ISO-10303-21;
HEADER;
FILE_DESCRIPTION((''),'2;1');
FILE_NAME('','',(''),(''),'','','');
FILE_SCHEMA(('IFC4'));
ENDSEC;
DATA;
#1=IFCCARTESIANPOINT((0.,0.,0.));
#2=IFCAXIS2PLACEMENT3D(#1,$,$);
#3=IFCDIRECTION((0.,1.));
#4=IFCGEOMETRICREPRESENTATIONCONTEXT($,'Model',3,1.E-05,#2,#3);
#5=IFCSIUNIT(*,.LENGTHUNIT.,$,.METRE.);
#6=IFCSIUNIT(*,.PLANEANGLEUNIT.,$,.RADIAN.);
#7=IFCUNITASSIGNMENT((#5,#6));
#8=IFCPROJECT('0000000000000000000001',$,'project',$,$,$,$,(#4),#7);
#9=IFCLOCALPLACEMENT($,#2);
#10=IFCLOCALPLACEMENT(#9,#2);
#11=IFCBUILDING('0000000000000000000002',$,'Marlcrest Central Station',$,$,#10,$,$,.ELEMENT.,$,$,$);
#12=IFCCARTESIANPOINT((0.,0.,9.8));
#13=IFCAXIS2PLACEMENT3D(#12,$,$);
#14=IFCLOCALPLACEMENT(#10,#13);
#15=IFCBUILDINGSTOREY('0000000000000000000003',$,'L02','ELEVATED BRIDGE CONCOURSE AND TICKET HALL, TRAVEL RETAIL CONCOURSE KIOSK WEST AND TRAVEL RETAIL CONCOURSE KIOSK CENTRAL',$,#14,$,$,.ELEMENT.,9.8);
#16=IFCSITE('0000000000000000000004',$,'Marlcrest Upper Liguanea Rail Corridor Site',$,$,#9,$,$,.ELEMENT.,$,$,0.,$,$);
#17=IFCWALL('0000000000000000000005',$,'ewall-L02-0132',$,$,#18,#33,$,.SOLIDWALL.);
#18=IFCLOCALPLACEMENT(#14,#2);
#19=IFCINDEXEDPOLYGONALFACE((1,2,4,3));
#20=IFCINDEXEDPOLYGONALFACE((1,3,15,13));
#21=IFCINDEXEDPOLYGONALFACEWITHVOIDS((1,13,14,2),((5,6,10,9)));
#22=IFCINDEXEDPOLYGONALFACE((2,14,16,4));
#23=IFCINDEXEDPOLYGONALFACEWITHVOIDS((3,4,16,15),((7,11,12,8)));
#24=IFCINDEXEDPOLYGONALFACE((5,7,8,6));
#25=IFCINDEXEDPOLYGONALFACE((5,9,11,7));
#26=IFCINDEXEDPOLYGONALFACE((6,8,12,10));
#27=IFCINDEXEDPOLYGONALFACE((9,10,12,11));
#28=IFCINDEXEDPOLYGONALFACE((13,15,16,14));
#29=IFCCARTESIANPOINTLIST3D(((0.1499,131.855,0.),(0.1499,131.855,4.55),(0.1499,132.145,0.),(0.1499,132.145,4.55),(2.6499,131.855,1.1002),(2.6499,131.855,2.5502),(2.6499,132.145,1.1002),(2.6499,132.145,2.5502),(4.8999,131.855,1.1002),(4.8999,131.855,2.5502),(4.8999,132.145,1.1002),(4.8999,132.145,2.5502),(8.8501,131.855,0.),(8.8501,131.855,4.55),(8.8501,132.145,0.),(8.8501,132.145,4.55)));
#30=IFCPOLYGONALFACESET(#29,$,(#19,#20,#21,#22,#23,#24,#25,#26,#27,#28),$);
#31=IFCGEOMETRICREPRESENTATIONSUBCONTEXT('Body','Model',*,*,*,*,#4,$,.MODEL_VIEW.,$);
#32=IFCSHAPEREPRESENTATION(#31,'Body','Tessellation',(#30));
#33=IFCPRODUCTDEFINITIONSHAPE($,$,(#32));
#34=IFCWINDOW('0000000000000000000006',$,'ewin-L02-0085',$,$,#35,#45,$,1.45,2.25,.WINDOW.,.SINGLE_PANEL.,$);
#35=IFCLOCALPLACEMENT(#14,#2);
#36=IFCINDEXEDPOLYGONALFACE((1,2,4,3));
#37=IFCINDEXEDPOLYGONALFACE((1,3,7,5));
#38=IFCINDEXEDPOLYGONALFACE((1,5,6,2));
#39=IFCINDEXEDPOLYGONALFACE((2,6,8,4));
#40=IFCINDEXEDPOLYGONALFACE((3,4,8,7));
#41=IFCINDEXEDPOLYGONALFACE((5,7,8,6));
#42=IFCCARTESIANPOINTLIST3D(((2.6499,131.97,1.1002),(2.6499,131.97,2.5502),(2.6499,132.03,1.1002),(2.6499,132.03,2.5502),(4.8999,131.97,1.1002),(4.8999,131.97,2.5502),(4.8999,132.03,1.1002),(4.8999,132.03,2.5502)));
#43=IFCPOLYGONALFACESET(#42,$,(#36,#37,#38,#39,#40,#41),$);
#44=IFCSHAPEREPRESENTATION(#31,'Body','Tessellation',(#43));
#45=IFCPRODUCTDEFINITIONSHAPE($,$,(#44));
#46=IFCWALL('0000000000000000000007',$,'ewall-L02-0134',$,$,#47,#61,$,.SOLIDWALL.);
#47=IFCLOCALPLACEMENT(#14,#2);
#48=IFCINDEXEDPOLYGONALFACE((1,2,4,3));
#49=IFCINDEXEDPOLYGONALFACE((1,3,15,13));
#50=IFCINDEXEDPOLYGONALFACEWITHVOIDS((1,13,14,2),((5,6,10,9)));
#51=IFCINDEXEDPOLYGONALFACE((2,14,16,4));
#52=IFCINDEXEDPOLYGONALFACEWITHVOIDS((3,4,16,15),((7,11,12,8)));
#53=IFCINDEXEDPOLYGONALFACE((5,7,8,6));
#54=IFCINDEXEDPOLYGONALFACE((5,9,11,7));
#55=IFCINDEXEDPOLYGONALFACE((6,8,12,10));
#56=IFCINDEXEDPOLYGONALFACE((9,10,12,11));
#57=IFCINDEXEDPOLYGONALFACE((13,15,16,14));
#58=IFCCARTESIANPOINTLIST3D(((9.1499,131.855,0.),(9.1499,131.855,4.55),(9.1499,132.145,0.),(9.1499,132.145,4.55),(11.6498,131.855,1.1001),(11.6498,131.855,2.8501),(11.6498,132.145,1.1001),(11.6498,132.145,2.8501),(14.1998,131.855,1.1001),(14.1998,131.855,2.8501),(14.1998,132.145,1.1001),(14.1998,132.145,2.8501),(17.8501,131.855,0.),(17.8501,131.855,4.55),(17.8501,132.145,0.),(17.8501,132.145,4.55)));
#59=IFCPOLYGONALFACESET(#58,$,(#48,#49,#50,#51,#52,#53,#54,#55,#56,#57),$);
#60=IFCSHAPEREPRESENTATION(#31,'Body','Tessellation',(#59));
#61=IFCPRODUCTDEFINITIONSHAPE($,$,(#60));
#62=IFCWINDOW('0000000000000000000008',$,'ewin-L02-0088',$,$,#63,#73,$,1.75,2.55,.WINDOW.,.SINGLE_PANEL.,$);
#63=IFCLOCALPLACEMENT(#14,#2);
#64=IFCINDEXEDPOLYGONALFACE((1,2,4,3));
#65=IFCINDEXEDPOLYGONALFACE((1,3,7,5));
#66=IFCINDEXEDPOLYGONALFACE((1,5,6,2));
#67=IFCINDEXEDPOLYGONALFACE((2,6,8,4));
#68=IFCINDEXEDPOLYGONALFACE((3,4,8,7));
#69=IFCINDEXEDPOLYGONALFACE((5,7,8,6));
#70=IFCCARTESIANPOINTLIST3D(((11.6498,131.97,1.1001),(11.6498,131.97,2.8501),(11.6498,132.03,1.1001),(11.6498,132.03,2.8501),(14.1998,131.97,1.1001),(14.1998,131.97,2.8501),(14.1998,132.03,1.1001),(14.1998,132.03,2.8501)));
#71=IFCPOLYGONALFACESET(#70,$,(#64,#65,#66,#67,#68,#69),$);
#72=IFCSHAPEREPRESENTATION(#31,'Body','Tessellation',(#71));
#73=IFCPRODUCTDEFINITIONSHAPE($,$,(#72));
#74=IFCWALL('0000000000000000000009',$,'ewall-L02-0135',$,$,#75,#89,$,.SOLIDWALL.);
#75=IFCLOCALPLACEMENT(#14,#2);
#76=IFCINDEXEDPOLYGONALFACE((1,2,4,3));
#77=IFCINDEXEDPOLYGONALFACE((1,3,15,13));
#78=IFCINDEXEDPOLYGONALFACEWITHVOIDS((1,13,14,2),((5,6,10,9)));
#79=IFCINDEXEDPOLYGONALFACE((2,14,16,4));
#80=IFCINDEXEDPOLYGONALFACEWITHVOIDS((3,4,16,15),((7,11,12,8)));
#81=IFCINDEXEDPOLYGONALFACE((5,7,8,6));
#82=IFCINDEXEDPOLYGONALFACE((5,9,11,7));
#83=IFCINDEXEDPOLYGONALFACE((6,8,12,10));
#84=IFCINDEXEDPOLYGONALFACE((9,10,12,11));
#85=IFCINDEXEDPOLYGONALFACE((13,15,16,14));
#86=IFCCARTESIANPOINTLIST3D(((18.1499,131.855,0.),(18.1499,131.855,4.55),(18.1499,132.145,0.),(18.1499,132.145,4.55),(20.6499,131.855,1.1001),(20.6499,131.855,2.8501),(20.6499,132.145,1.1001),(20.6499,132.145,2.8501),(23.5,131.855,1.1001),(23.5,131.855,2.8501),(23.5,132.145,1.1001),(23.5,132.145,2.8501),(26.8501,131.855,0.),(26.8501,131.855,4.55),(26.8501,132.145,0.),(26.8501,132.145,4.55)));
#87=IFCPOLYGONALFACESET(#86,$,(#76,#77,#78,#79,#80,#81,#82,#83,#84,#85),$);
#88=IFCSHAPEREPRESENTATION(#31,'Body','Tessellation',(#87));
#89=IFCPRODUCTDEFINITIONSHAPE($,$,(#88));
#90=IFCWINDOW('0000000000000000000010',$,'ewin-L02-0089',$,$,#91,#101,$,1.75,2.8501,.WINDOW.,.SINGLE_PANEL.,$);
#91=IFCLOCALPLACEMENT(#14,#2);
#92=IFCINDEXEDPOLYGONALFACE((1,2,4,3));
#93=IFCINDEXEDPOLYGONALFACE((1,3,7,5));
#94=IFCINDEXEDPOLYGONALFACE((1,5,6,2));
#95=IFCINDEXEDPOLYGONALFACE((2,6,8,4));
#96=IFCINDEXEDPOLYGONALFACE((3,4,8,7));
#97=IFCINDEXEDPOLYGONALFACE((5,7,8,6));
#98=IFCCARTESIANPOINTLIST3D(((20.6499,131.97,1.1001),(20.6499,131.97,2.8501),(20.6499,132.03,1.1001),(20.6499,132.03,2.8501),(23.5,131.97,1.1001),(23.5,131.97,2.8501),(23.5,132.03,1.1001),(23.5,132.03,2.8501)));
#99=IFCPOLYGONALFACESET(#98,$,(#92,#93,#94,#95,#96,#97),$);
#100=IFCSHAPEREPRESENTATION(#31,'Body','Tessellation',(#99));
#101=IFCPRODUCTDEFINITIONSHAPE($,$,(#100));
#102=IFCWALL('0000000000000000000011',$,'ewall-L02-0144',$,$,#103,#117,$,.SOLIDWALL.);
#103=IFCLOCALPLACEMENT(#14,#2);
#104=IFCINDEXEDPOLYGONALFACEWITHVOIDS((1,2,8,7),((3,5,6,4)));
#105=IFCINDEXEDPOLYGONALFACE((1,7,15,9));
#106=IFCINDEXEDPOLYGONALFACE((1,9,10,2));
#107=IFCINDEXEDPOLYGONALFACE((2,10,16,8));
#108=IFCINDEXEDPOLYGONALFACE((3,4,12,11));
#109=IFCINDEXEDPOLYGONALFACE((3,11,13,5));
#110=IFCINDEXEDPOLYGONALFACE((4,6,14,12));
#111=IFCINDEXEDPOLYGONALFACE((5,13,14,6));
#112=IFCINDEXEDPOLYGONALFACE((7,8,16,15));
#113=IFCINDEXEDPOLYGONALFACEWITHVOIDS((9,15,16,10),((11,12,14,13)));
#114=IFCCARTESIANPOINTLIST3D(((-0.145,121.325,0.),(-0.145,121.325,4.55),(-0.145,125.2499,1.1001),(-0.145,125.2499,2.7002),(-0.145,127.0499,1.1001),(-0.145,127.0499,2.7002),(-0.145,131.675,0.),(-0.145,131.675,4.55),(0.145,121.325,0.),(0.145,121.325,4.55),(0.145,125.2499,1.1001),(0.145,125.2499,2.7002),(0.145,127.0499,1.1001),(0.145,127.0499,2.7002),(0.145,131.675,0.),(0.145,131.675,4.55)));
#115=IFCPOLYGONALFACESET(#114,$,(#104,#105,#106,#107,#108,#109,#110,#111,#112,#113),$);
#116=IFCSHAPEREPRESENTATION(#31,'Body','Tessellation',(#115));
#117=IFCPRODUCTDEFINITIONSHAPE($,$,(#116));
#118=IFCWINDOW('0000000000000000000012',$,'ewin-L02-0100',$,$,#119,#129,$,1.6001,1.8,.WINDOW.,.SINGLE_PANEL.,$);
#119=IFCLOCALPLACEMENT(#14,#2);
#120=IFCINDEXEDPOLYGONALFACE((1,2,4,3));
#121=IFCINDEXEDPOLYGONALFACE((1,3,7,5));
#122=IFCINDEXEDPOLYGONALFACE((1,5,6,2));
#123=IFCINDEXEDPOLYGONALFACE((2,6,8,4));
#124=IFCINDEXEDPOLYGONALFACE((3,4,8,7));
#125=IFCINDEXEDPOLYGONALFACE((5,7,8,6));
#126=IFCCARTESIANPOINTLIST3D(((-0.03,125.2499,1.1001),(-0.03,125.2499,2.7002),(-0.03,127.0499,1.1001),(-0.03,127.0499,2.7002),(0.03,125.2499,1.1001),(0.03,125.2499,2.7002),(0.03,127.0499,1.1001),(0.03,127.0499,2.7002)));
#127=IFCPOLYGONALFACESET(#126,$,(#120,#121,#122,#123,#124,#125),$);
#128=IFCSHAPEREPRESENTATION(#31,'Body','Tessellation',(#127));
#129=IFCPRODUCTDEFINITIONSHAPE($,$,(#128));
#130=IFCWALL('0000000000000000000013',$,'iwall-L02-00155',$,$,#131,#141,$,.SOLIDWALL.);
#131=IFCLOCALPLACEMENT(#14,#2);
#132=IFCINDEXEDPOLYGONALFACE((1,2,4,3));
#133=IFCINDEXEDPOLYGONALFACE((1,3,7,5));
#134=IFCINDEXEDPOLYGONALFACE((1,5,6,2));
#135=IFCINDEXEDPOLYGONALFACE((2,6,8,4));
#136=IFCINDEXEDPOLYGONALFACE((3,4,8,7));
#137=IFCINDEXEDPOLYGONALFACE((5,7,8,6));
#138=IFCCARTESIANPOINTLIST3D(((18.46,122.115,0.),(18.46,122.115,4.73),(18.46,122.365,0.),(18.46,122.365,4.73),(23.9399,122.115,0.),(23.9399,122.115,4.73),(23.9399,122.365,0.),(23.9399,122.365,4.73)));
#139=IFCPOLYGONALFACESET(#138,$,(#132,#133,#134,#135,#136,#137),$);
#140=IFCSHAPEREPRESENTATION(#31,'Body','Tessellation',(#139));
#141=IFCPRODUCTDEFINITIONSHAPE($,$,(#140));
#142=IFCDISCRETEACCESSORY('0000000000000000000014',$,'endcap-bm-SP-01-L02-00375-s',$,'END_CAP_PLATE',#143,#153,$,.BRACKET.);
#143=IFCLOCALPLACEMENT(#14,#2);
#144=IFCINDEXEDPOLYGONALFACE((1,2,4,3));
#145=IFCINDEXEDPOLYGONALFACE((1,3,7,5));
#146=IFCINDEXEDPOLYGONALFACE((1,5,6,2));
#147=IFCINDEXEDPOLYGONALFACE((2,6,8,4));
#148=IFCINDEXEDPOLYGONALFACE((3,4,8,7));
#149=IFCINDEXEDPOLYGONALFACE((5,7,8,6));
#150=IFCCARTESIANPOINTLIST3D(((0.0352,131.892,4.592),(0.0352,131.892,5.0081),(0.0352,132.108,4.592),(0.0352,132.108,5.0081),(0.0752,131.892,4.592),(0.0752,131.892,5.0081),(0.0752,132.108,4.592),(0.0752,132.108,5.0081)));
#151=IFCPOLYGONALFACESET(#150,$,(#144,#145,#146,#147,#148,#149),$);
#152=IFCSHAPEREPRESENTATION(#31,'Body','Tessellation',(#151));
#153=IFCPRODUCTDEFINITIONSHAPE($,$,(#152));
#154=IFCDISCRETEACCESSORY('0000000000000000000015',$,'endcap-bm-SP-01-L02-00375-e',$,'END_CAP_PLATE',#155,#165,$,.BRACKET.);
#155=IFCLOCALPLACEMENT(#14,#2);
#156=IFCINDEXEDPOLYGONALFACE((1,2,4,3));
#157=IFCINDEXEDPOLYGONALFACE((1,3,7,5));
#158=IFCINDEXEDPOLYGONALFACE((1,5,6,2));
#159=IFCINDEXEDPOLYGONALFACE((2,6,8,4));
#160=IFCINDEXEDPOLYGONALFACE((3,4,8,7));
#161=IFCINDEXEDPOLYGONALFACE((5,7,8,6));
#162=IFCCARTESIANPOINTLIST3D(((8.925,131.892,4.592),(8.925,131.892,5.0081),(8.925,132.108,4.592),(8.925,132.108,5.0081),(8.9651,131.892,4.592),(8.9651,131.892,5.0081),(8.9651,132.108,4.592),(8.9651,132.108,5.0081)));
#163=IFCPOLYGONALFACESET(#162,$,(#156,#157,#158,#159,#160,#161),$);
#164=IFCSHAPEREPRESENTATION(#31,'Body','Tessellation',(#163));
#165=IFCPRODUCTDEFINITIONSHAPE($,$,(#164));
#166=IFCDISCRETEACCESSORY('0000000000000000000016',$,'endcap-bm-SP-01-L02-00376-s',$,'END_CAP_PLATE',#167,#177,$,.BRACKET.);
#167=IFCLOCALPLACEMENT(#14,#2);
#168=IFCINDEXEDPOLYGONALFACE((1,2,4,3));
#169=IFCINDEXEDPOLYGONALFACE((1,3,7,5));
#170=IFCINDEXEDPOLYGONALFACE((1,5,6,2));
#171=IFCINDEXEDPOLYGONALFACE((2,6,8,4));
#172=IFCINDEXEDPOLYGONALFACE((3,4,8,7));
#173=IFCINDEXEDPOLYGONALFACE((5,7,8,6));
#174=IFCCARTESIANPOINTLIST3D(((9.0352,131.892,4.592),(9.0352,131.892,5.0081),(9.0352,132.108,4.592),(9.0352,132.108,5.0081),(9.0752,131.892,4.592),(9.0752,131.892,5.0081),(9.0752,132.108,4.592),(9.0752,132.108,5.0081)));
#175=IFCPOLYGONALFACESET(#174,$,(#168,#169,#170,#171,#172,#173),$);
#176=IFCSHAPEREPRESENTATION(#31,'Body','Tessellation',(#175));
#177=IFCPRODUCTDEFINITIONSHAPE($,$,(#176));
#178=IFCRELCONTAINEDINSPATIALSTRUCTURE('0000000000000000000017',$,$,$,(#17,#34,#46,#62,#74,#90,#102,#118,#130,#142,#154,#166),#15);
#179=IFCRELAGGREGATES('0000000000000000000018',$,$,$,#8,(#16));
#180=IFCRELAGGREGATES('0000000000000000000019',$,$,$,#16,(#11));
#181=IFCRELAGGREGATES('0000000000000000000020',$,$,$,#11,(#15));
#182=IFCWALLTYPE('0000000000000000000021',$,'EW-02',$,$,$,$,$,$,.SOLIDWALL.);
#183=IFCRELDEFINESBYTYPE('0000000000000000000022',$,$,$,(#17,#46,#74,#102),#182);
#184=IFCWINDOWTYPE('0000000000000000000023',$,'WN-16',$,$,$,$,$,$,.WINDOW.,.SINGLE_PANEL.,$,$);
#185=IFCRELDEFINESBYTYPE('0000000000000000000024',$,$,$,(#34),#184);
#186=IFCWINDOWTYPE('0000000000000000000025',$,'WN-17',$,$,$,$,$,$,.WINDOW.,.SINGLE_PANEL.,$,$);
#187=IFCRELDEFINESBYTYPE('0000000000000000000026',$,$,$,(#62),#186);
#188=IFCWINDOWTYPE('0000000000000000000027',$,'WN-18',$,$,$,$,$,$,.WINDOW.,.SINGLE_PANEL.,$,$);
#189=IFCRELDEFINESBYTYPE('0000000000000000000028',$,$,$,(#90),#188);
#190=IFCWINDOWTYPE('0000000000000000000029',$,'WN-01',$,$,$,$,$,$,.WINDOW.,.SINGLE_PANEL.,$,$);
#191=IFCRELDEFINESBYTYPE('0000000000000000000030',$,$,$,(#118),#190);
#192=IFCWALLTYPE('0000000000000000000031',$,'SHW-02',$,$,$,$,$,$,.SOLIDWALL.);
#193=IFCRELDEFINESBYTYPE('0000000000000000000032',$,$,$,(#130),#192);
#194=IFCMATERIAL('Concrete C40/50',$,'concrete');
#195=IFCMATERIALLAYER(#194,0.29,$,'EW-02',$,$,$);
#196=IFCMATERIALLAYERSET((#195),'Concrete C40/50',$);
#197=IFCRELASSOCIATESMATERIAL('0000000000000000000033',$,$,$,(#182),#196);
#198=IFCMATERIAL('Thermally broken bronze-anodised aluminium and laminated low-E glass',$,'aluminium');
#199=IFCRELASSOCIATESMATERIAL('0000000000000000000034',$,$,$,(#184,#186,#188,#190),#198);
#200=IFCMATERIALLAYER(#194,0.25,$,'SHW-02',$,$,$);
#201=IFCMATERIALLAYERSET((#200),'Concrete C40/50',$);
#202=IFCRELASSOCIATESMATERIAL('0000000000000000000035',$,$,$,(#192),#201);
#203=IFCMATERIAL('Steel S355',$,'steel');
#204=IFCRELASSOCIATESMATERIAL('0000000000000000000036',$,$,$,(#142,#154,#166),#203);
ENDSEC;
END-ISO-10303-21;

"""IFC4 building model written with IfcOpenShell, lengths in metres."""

from ifc_helpers import new_model, si_unit, direction, frame, frame_2d, origin, origin_2d, place, context, subcontext, project, spatial, rectangle, extrude, material, layer, layer_set, type_object, element, fill, save


model = new_model("IFC4")

# Units and contexts
model_context = context("Model", 3, precision=1e-05, world=origin(), true_north=direction((0.0, 1.0)))
body_context = subcontext(model_context, "Body", "Model", "MODEL_VIEW")
ifc_project = project(units=[si_unit("LENGTHUNIT", "METRE"), si_unit("PLANEANGLEUNIT", "RADIAN")], contexts=[model_context])

# Site, building, storey
site_placement = place(None, origin())
site = spatial("IfcSite", under=ifc_project, at=site_placement, Name="Marlcrest Upper Liguanea Rail Corridor Site", CompositionType="ELEMENT", RefElevation=0.0)
building_placement = place(site_placement, origin())
building = spatial("IfcBuilding", under=site, at=building_placement, Name="Marlcrest Central Station", CompositionType="ELEMENT")
storey_placement = place(building_placement, frame((0.0, 0.0, 9.8)))
storey = spatial("IfcBuildingStorey", under=building, at=storey_placement, Name="L02", Description="ELEVATED BRIDGE CONCOURSE AND TICKET HALL, TRAVEL RETAIL CONCOURSE KIOSK WEST AND TRAVEL RETAIL CONCOURSE KIOSK CENTRAL", CompositionType="ELEMENT", Elevation=9.8)

# Shared definitions
ifc_material_1 = material(Name="Steel S355", Category="steel")

# Walls, openings, windows
ifc_material_2 = material(Name="Concrete C40/50", Category="concrete")
ifc_layer_1 = layer(ifc_material_2, 0.29, Name="EW-02")
ifc_layer_set_1 = layer_set([ifc_layer_1], Name="Concrete C40/50")
wall_type_1 = type_object("IfcWallType", Name="EW-02", PredefinedType="SOLIDWALL", material=ifc_layer_set_1)
wall_1_placement = place(storey_placement, frame((0.1499, 132.0, 0.0), z_axis=(0.0, 0.0, 1.0), x_axis=(1.0, 0.0, 0.0)))
wall_1 = element("IfcWall", 1, at=wall_1_placement, inside=storey, type_object=wall_type_1, Name="ewall-L02-0132", PredefinedType="SOLIDWALL", context=body_context, shape_type="SweptSolid", body=[
    extrude(rectangle(XDim=8.7002, YDim=0.29, at=frame_2d((4.3501, 0.0))), origin(), (0.0, 0.0, 1.0), 4.55),
])
opening_1_placement = place(wall_1_placement, frame((2.5, 0.0, 1.1001)))
opening_1 = element("IfcOpeningElement", 2, at=opening_1_placement, cuts=wall_1, PredefinedType="OPENING", context=body_context, shape_type="SweptSolid", body=[
    extrude(rectangle(XDim=2.25, YDim=1.45, at=frame_2d((1.125, 0.7251))), frame((0.0, 0.155, 0.0), z_axis=(0.0, -1.0, 0.0), x_axis=(1.0, 0.0, 0.0)), (0.0, 0.0, 1.0), 0.3101),
])
ifc_material_3 = material(Name="Thermally broken bronze-anodised aluminium and laminated low-E glass", Category="aluminium")
window_type_1 = type_object("IfcWindowType", Name="WN-16", PartitioningType="SINGLE_PANEL", PredefinedType="WINDOW", material=ifc_material_3)
window_1_placement = place(opening_1_placement, origin())
window_1 = element("IfcWindow", 3, at=window_1_placement, inside=storey, type_object=window_type_1, Name="ewin-L02-0085", OverallHeight=1.45, OverallWidth=2.25, PartitioningType="SINGLE_PANEL", PredefinedType="WINDOW", context=body_context, shape_type="SweptSolid", body=[
    extrude(rectangle(XDim=2.25, YDim=1.45, at=frame_2d((1.125, 0.7251))), frame((0.0, 0.03, 0.0), z_axis=(0.0, -1.0, 0.0), x_axis=(1.0, 0.0, 0.0)), (0.0, 0.0, 1.0), 0.0601),
])
fill(opening_1, window_1)
wall_2_placement = place(storey_placement, frame((9.1499, 132.0, 0.0), z_axis=(0.0, 0.0, 1.0), x_axis=(1.0, 0.0, 0.0)))
wall_2 = element("IfcWall", 4, at=wall_2_placement, inside=storey, type_object=wall_type_1, Name="ewall-L02-0134", PredefinedType="SOLIDWALL", context=body_context, shape_type="SweptSolid", body=[
    extrude(rectangle(XDim=8.7002, YDim=0.29, at=frame_2d((4.3501, 0.0))), origin(), (0.0, 0.0, 1.0), 4.55),
])
opening_2_placement = place(wall_2_placement, frame((2.5, 0.0, 1.1001)))
opening_2 = element("IfcOpeningElement", 5, at=opening_2_placement, cuts=wall_2, PredefinedType="OPENING", context=body_context, shape_type="SweptSolid", body=[
    extrude(rectangle(XDim=2.55, YDim=1.75, at=frame_2d((1.2749, 0.875))), frame((0.0, 0.155, 0.0), z_axis=(0.0, -1.0, 0.0), x_axis=(1.0, 0.0, 0.0)), (0.0, 0.0, 1.0), 0.3101),
])
window_type_2 = type_object("IfcWindowType", Name="WN-17", PartitioningType="SINGLE_PANEL", PredefinedType="WINDOW", material=ifc_material_3)
window_2_placement = place(opening_2_placement, origin())
window_2 = element("IfcWindow", 6, at=window_2_placement, inside=storey, type_object=window_type_2, Name="ewin-L02-0088", OverallHeight=1.75, OverallWidth=2.55, PartitioningType="SINGLE_PANEL", PredefinedType="WINDOW", context=body_context, shape_type="SweptSolid", body=[
    extrude(rectangle(XDim=2.55, YDim=1.75, at=frame_2d((1.2749, 0.875))), frame((0.0, 0.03, 0.0), z_axis=(0.0, -1.0, 0.0), x_axis=(1.0, 0.0, 0.0)), (0.0, 0.0, 1.0), 0.0601),
])
fill(opening_2, window_2)
wall_3_placement = place(storey_placement, frame((18.1499, 132.0, 0.0), z_axis=(0.0, 0.0, 1.0), x_axis=(1.0, 0.0, 0.0)))
wall_3 = element("IfcWall", 7, at=wall_3_placement, inside=storey, type_object=wall_type_1, Name="ewall-L02-0135", PredefinedType="SOLIDWALL", context=body_context, shape_type="SweptSolid", body=[
    extrude(rectangle(XDim=8.7002, YDim=0.29, at=frame_2d((4.3501, 0.0))), origin(), (0.0, 0.0, 1.0), 4.55),
])
opening_3_placement = place(wall_3_placement, frame((2.5, 0.0, 1.1001)))
opening_3 = element("IfcOpeningElement", 8, at=opening_3_placement, cuts=wall_3, PredefinedType="OPENING", context=body_context, shape_type="SweptSolid", body=[
    extrude(rectangle(XDim=2.8501, YDim=1.75, at=frame_2d((1.425, 0.875))), frame((0.0, 0.155, 0.0), z_axis=(0.0, -1.0, 0.0), x_axis=(1.0, 0.0, 0.0)), (0.0, 0.0, 1.0), 0.3101),
])
window_type_3 = type_object("IfcWindowType", Name="WN-18", PartitioningType="SINGLE_PANEL", PredefinedType="WINDOW", material=ifc_material_3)
window_3_placement = place(opening_3_placement, origin())
window_3 = element("IfcWindow", 9, at=window_3_placement, inside=storey, type_object=window_type_3, Name="ewin-L02-0089", OverallHeight=1.75, OverallWidth=2.8501, PartitioningType="SINGLE_PANEL", PredefinedType="WINDOW", context=body_context, shape_type="SweptSolid", body=[
    extrude(rectangle(XDim=2.8501, YDim=1.75, at=frame_2d((1.425, 0.875))), frame((0.0, 0.03, 0.0), z_axis=(0.0, -1.0, 0.0), x_axis=(1.0, 0.0, 0.0)), (0.0, 0.0, 1.0), 0.0601),
])
fill(opening_3, window_3)
wall_4_placement = place(storey_placement, frame((0.0, 121.325, 0.0), z_axis=(0.0, 0.0, 1.0), x_axis=(0.0, 1.0, 0.0)))
wall_4 = element("IfcWall", 10, at=wall_4_placement, inside=storey, type_object=wall_type_1, Name="ewall-L02-0144", PredefinedType="SOLIDWALL", context=body_context, shape_type="SweptSolid", body=[
    extrude(rectangle(XDim=10.3501, YDim=0.29, at=frame_2d((5.175, 0.0))), origin(), (0.0, 0.0, 1.0), 4.55),
])
opening_4_placement = place(wall_4_placement, frame((3.925, 0.0, 1.1001)))
opening_4 = element("IfcOpeningElement", 11, at=opening_4_placement, cuts=wall_4, PredefinedType="OPENING", context=body_context, shape_type="SweptSolid", body=[
    extrude(rectangle(XDim=1.8, YDim=1.6001, at=frame_2d((0.8999, 0.8))), frame((0.0, 0.155, 0.0), z_axis=(0.0, -1.0, 0.0), x_axis=(1.0, 0.0, 0.0)), (0.0, 0.0, 1.0), 0.3101),
])
window_type_4 = type_object("IfcWindowType", Name="WN-01", PartitioningType="SINGLE_PANEL", PredefinedType="WINDOW", material=ifc_material_3)
window_4_placement = place(opening_4_placement, origin())
window_4 = element("IfcWindow", 12, at=window_4_placement, inside=storey, type_object=window_type_4, Name="ewin-L02-0100", OverallHeight=1.6001, OverallWidth=1.8, PartitioningType="SINGLE_PANEL", PredefinedType="WINDOW", context=body_context, shape_type="SweptSolid", body=[
    extrude(rectangle(XDim=1.8, YDim=1.6001, at=frame_2d((0.8999, 0.8))), frame((0.0, 0.03, 0.0), z_axis=(0.0, -1.0, 0.0), x_axis=(1.0, 0.0, 0.0)), (0.0, 0.0, 1.0), 0.0601),
])
fill(opening_4, window_4)

# Wall
ifc_layer_2 = layer(ifc_material_2, 0.25, Name="SHW-02")
ifc_layer_set_2 = layer_set([ifc_layer_2], Name="Concrete C40/50")
wall_type_2 = type_object("IfcWallType", Name="SHW-02", PredefinedType="SOLIDWALL", material=ifc_layer_set_2)
wall_5_placement = place(storey_placement, frame((18.46, 122.24, 0.0), z_axis=(0.0, 0.0, 1.0), x_axis=(1.0, 0.0, 0.0)))
element("IfcWall", 13, at=wall_5_placement, inside=storey, type_object=wall_type_2, Name="iwall-L02-00155", PredefinedType="SOLIDWALL", context=body_context, shape_type="SweptSolid", body=[
    extrude(rectangle(XDim=5.48, YDim=0.25, at=frame_2d((2.74, 0.0))), origin(), (0.0, 0.0, 1.0), 4.73),
])

# Discrete accessories
for number, where, z_axis, x_axis, name in (
    (14, (0.0352, 132.0, 4.8), (1.0, 0.0, 0.0), (0.0, 1.0, 0.0), "endcap-bm-SP-01-L02-00375-s"),
    (15, (8.925, 132.0, 4.8), (1.0, 0.0, 0.0), (0.0, 1.0, 0.0), "endcap-bm-SP-01-L02-00375-e"),
    (16, (9.0352, 132.0, 4.8), (1.0, 0.0, 0.0), (0.0, 1.0, 0.0), "endcap-bm-SP-01-L02-00376-s"),
):
    element("IfcDiscreteAccessory", number, at=place(storey_placement, frame(where, z_axis=z_axis, x_axis=x_axis)), inside=storey, material=ifc_material_1, Name=name, ObjectType="END_CAP_PLATE", PredefinedType="BRACKET", context=body_context, shape_type="SweptSolid", body=[
        extrude(rectangle(XDim=0.2161, YDim=0.416, at=origin_2d()), origin(), (0.0, 0.0, 1.0), 0.04),
    ])

save(model, "model.ifc")
